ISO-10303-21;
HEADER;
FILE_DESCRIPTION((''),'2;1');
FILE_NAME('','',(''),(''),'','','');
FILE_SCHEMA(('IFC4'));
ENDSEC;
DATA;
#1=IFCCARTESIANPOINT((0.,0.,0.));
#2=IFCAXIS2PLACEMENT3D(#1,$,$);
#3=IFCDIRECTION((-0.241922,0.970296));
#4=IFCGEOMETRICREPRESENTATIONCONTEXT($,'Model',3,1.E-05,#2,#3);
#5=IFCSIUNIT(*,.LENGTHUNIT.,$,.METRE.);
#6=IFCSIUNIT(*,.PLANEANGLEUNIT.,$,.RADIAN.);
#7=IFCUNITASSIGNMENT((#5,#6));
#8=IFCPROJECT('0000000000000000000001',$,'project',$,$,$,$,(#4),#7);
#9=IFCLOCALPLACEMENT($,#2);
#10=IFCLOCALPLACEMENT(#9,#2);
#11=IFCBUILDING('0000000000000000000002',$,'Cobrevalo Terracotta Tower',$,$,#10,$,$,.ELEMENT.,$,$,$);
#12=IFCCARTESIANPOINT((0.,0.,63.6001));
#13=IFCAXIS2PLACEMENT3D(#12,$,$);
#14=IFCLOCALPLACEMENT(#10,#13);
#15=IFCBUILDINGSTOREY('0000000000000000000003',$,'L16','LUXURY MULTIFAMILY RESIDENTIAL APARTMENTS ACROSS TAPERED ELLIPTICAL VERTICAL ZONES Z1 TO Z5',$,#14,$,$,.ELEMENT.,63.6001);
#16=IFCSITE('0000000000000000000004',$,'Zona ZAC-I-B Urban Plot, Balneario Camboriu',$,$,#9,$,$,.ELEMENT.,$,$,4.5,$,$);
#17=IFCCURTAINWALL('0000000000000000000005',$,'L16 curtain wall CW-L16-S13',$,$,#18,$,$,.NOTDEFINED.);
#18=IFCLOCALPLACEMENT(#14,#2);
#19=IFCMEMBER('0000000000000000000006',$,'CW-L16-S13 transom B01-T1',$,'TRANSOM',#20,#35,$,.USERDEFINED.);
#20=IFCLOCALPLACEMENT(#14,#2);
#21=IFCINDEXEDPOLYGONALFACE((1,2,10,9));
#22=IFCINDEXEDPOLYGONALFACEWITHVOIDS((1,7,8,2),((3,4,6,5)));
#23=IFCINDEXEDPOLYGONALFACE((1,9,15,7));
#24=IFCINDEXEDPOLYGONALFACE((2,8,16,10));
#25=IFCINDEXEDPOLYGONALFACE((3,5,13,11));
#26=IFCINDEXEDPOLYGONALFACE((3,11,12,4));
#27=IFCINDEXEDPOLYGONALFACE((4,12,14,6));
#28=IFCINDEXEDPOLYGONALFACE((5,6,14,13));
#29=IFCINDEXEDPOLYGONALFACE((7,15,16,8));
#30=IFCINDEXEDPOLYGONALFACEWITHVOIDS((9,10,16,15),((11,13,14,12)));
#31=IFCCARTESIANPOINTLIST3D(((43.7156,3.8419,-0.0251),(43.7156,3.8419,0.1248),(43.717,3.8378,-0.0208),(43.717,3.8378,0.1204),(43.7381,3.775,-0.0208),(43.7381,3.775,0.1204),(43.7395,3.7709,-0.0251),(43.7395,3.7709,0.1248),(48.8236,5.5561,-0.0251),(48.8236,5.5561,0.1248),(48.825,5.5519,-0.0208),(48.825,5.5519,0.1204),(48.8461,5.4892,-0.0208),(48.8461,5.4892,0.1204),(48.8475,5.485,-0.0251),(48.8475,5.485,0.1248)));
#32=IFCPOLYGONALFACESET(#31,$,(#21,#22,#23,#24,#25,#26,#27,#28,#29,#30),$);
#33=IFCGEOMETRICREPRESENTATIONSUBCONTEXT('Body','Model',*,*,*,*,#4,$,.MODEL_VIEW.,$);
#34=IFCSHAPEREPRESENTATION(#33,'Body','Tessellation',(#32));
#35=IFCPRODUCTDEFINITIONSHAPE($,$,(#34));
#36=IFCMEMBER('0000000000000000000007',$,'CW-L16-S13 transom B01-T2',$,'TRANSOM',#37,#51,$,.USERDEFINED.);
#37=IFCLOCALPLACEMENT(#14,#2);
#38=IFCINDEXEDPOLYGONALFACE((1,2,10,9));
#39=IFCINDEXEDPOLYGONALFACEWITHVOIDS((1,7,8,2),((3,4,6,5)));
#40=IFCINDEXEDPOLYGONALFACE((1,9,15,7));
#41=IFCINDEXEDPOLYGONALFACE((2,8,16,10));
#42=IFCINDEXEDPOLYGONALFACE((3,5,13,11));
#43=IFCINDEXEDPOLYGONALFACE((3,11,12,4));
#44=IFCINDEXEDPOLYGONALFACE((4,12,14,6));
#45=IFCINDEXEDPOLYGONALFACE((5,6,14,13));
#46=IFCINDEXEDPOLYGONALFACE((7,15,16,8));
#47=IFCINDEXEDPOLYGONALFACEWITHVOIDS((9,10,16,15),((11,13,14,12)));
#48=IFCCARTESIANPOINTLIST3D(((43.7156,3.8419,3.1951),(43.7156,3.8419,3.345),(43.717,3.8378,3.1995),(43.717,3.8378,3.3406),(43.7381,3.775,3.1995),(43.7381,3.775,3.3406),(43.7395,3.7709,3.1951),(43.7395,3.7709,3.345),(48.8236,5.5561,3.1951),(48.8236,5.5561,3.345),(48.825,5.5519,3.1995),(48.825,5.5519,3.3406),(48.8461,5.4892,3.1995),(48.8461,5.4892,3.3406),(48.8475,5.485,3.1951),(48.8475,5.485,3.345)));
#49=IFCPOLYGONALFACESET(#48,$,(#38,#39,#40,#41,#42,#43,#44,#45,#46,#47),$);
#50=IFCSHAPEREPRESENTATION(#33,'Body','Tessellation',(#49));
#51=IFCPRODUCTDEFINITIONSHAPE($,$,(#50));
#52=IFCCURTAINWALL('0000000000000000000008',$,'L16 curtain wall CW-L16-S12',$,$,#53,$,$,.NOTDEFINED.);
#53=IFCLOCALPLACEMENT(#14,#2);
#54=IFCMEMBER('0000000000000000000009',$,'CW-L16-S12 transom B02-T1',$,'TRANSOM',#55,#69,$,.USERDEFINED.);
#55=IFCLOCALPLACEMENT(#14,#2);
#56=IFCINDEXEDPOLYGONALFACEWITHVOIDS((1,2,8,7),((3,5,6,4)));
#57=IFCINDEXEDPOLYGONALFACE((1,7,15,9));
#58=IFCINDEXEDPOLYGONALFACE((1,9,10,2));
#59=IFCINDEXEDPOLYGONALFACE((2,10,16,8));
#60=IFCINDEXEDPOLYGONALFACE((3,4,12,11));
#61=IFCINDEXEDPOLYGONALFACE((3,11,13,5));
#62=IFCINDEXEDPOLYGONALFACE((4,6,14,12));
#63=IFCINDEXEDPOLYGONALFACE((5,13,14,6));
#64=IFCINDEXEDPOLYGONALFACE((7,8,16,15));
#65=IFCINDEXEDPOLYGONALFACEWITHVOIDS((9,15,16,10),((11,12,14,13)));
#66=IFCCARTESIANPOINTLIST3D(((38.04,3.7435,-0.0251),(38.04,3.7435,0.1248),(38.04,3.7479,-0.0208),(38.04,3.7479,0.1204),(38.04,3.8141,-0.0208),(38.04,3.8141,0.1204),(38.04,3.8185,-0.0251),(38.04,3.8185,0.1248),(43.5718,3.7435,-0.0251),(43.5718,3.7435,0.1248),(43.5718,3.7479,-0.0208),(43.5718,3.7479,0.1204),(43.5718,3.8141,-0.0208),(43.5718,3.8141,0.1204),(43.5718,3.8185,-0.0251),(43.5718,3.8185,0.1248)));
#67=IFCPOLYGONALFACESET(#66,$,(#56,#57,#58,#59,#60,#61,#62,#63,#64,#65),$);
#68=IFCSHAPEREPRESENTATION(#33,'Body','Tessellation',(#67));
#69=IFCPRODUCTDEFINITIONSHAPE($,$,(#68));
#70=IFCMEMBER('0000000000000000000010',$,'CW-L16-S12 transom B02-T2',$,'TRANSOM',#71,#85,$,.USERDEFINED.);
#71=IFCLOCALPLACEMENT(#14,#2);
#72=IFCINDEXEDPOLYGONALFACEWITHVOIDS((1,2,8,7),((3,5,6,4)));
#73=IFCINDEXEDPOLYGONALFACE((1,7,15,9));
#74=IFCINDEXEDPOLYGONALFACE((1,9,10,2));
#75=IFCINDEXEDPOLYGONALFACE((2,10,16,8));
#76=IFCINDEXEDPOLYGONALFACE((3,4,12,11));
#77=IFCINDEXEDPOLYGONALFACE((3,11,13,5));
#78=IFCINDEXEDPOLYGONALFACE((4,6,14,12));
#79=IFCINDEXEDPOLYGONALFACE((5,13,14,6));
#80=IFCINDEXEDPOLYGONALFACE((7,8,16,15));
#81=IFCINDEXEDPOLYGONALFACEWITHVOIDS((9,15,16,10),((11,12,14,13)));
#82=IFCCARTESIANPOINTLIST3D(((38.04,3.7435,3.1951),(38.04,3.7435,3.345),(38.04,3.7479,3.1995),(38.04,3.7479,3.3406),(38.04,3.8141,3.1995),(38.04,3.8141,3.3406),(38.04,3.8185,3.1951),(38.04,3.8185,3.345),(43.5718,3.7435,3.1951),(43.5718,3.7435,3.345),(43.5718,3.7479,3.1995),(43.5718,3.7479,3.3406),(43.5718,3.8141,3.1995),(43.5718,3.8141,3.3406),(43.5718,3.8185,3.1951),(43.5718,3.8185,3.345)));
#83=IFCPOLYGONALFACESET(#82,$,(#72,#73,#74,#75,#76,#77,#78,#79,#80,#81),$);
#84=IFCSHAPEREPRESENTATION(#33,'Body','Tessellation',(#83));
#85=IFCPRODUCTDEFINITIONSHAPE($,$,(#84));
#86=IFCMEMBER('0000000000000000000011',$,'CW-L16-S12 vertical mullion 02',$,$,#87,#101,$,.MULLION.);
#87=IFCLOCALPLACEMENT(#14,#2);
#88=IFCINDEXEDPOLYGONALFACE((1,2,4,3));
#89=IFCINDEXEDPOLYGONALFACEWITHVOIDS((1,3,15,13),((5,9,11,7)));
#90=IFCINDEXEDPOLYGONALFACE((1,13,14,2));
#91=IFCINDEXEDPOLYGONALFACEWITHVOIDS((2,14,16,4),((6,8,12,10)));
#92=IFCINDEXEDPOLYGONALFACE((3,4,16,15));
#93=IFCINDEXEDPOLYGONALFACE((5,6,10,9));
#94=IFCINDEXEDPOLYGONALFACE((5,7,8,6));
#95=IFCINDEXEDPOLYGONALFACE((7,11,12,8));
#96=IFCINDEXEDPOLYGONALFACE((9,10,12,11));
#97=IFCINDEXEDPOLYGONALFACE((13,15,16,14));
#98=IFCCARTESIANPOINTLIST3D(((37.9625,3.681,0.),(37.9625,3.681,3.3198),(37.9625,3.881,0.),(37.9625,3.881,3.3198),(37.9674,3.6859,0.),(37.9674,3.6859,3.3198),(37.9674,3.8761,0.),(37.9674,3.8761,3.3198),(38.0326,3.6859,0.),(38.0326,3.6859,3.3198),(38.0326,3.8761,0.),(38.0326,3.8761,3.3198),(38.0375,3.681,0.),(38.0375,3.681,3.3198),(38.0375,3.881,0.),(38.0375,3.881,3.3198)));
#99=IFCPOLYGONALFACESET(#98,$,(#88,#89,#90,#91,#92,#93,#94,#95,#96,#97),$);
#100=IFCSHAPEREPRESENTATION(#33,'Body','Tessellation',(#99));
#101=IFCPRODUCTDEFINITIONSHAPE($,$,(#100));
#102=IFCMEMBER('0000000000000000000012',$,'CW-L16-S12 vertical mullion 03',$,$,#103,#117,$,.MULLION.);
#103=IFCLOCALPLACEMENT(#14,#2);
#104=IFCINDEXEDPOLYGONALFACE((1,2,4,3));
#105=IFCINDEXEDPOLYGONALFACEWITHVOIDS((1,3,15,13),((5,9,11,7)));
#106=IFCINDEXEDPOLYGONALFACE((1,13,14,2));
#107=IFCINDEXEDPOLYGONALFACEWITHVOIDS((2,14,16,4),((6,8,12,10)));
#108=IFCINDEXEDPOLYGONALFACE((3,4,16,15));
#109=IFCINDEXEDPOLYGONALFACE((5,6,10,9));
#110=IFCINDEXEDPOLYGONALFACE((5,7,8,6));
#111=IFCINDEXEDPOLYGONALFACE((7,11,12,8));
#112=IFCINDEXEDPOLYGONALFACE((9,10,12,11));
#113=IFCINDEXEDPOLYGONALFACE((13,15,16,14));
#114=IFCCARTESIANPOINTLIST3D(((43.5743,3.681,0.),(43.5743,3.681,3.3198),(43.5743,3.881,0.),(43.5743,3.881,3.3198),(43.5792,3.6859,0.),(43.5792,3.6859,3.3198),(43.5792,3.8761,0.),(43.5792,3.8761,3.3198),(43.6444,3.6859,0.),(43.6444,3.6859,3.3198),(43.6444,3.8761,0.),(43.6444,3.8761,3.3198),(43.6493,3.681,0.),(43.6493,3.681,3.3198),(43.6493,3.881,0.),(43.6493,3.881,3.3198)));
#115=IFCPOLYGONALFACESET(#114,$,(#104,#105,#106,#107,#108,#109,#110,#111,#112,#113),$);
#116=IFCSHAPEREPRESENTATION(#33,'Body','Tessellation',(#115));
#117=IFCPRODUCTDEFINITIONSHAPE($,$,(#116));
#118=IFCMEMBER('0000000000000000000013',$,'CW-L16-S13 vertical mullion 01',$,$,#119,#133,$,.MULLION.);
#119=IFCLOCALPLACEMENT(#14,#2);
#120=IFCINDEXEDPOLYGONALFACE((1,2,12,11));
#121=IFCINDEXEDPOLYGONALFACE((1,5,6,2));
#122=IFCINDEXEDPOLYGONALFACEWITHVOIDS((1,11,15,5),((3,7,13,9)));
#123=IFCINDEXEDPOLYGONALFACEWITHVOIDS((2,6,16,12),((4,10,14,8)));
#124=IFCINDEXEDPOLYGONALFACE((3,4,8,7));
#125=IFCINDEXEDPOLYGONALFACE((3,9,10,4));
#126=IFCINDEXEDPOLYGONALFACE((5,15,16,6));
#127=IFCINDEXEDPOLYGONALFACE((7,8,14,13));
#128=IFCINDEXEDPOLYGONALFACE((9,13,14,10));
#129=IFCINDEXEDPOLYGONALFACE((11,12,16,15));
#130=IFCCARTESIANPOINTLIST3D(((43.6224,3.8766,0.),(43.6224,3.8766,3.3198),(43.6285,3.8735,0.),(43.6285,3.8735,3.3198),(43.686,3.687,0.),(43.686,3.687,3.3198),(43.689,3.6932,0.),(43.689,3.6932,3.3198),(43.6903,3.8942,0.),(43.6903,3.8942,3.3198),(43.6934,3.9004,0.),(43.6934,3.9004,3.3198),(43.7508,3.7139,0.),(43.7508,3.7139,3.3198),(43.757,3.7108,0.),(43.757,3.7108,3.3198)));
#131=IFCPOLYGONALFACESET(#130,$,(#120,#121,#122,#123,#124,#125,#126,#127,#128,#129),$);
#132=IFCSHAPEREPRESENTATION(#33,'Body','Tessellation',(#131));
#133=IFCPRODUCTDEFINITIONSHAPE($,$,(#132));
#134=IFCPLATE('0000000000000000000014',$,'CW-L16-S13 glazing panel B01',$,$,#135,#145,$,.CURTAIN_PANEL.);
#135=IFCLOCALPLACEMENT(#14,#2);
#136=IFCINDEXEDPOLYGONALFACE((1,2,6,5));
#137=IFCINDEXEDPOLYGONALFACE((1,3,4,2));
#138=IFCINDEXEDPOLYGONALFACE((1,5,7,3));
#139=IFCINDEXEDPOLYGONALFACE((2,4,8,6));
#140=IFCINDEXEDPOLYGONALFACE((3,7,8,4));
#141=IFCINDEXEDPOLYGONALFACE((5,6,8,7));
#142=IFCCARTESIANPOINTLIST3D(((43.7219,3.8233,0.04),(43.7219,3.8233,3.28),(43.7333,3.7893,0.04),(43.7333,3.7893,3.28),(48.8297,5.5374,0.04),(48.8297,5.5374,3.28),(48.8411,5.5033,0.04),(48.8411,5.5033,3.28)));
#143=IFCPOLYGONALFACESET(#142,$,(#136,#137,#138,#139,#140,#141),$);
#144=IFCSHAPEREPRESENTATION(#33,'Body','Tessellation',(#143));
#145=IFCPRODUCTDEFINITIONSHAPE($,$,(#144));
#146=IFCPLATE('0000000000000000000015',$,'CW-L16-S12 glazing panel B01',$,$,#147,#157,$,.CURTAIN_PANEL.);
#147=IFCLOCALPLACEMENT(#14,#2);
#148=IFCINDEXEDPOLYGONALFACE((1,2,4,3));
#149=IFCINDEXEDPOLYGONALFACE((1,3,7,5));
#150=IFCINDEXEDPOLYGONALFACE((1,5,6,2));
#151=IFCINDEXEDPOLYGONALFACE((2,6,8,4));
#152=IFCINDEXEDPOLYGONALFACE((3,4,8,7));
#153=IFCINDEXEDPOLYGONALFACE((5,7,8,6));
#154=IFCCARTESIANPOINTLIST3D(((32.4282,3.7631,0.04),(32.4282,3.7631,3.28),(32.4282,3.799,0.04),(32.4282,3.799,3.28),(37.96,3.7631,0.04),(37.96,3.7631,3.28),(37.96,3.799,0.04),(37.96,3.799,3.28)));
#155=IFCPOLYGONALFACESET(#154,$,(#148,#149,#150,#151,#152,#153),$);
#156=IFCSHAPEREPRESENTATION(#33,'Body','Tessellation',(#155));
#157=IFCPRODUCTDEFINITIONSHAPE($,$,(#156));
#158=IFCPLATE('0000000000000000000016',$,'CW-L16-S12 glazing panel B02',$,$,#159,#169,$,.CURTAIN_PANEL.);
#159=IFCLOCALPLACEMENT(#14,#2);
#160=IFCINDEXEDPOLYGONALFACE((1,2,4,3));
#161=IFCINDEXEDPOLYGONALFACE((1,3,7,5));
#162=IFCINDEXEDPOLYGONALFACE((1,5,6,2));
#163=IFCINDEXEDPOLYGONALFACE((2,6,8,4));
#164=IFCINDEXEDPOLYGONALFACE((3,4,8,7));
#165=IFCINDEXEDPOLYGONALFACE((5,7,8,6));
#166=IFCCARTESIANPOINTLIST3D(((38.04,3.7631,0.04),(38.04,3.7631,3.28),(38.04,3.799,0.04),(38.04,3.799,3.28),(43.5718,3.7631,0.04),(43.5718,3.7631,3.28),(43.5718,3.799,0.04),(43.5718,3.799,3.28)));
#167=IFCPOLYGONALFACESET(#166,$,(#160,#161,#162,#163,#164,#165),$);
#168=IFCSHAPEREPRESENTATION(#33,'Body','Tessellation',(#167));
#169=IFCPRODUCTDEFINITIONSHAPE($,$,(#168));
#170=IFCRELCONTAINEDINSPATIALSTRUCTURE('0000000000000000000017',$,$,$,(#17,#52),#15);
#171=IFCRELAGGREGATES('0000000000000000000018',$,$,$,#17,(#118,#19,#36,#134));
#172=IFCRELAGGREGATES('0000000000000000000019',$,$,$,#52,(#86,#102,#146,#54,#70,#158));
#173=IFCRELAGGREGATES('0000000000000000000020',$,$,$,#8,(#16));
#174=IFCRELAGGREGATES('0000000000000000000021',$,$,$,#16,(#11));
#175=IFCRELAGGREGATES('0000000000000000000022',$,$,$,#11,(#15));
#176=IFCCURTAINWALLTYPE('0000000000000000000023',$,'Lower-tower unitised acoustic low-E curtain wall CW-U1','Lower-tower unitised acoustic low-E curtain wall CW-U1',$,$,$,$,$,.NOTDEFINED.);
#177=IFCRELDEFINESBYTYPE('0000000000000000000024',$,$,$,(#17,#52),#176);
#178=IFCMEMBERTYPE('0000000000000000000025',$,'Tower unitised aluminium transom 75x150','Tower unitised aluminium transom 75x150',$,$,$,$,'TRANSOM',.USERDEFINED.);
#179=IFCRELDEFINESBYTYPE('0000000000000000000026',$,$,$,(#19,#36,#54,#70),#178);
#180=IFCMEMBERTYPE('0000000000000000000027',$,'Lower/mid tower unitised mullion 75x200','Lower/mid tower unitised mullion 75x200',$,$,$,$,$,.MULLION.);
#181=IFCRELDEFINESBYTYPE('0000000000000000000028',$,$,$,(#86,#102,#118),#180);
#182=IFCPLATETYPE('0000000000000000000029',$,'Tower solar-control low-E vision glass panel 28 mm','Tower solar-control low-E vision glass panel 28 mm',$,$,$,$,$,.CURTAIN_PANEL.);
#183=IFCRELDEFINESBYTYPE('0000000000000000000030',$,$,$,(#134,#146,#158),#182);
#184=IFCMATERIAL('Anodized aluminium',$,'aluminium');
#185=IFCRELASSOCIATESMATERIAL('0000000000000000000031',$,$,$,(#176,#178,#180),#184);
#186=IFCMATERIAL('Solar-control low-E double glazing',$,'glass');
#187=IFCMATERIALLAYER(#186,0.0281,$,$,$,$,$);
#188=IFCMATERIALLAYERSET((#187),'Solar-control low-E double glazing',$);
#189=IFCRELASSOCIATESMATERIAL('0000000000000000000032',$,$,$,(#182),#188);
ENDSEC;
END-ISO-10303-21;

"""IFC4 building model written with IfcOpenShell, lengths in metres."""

from ifc_helpers import new_model, si_unit, direction, frame, origin, origin_2d, place, context, subcontext, project, spatial, rectangle, hollow_rectangle, extrude, source, transform, mapped, material, layer, layer_set, material_profile, profile_set, type_object, element, aggregate, save


model = new_model("IFC4")

# Units and contexts
model_context = context("Model", 3, precision=1e-05, world=origin(), true_north=direction((-0.241922, 0.970296)))
body_context = subcontext(model_context, "Body", "Model", "MODEL_VIEW")
ifc_project = project(units=[si_unit("LENGTHUNIT", "METRE"), si_unit("PLANEANGLEUNIT", "RADIAN")], contexts=[model_context])

# Site, building, storey
site_placement = place(None, origin())
site = spatial("IfcSite", under=ifc_project, at=site_placement, Name="Zona ZAC-I-B Urban Plot, Balneario Camboriu", CompositionType="ELEMENT", RefElevation=4.5)
building_placement = place(site_placement, origin())
building = spatial("IfcBuilding", under=site, at=building_placement, Name="Cobrevalo Terracotta Tower", CompositionType="ELEMENT")
storey_placement = place(building_placement, frame((0.0, 0.0, 63.6001)))
storey = spatial("IfcBuildingStorey", under=building, at=storey_placement, Name="L16", Description="LUXURY MULTIFAMILY RESIDENTIAL APARTMENTS ACROSS TAPERED ELLIPTICAL VERTICAL ZONES Z1 TO Z5", CompositionType="ELEMENT", Elevation=63.6001)

# Curtain walls, members
ifc_material_1 = material(Name="Anodized aluminium", Category="aluminium")
curtain_wall_type = type_object("IfcCurtainWallType", Name="Lower-tower unitised acoustic low-E curtain wall CW-U1", Description="Lower-tower unitised acoustic low-E curtain wall CW-U1", PredefinedType="NOTDEFINED", material=ifc_material_1)
curtain_wall_1_placement = place(storey_placement, origin())
curtain_wall_1 = element("IfcCurtainWall", 1, at=curtain_wall_1_placement, inside=storey, type_object=curtain_wall_type, Name="L16 curtain wall CW-L16-S13", PredefinedType="NOTDEFINED")
ifc_material_profile_1 = material_profile(ifc_material_1, hollow_rectangle(XDim=0.075, YDim=0.1499, WallThickness=0.0044, at=origin_2d()), Name="CWT 75x150")
ifc_profile_set_1 = profile_set([ifc_material_profile_1], Name="Anodized aluminium")
member_type_1 = type_object("IfcMemberType", Name="Tower unitised aluminium transom 75x150", Description="Tower unitised aluminium transom 75x150", ElementType="TRANSOM", PredefinedType="USERDEFINED", material=ifc_profile_set_1)
shared_shape_1 = source(origin(), body_context, "Body", "SweptSolid", [
    extrude(hollow_rectangle(XDim=0.075, YDim=0.1499, WallThickness=0.0044, at=origin_2d()), origin(), (0.0, 0.0, 1.0), 5.3879),
])
member_1_placement = place(storey_placement, frame((43.7275, 3.8064, 0.0498), z_axis=(0.948042, 0.318144, 0.0), x_axis=(-0.318144, 0.948042, 0.0)))
member_1 = element("IfcMember", 2, at=member_1_placement, type_object=member_type_1, Name="CW-L16-S13 transom B01-T1", ObjectType="TRANSOM", PredefinedType="USERDEFINED", context=body_context, shape_type="MappedRepresentation", body=[
    mapped(shared_shape_1, transform((0.0, 0.0, 0.0), scale=1.0)),
])
member_2_placement = place(storey_placement, frame((43.7275, 3.8064, 3.27), z_axis=(0.948042, 0.318144, 0.0), x_axis=(-0.318144, 0.948042, 0.0)))
member_2 = element("IfcMember", 3, at=member_2_placement, type_object=member_type_1, Name="CW-L16-S13 transom B01-T2", ObjectType="TRANSOM", PredefinedType="USERDEFINED", context=body_context, shape_type="MappedRepresentation", body=[
    mapped(shared_shape_1, transform((0.0, 0.0, 0.0), scale=1.0)),
])
curtain_wall_2_placement = place(storey_placement, origin())
curtain_wall_2 = element("IfcCurtainWall", 4, at=curtain_wall_2_placement, inside=storey, type_object=curtain_wall_type, Name="L16 curtain wall CW-L16-S12", PredefinedType="NOTDEFINED")
shared_shape_2 = source(origin(), body_context, "Body", "SweptSolid", [
    extrude(hollow_rectangle(XDim=0.075, YDim=0.1499, WallThickness=0.0044, at=origin_2d()), origin(), (0.0, 0.0, 1.0), 5.5317),
])
member_3_placement = place(storey_placement, frame((38.04, 3.781, 0.0498), z_axis=(1.0, 0.0, 0.0), x_axis=(0.0, 1.0, 0.0)))
member_3 = element("IfcMember", 5, at=member_3_placement, type_object=member_type_1, Name="CW-L16-S12 transom B02-T1", ObjectType="TRANSOM", PredefinedType="USERDEFINED", context=body_context, shape_type="MappedRepresentation", body=[
    mapped(shared_shape_2, transform((0.0, 0.0, 0.0), scale=1.0)),
])
member_4_placement = place(storey_placement, frame((38.04, 3.781, 3.27), z_axis=(1.0, 0.0, 0.0), x_axis=(0.0, 1.0, 0.0)))
member_4 = element("IfcMember", 6, at=member_4_placement, type_object=member_type_1, Name="CW-L16-S12 transom B02-T2", ObjectType="TRANSOM", PredefinedType="USERDEFINED", context=body_context, shape_type="MappedRepresentation", body=[
    mapped(shared_shape_2, transform((0.0, 0.0, 0.0), scale=1.0)),
])
ifc_material_profile_2 = material_profile(ifc_material_1, hollow_rectangle(XDim=0.075, YDim=0.2, WallThickness=0.0049, at=origin_2d()), Name="CWM 75x200")
ifc_profile_set_2 = profile_set([ifc_material_profile_2], Name="Anodized aluminium")
member_type_2 = type_object("IfcMemberType", Name="Lower/mid tower unitised mullion 75x200", Description="Lower/mid tower unitised mullion 75x200", PredefinedType="MULLION", material=ifc_profile_set_2)
shared_shape_3 = source(origin(), body_context, "Body", "SweptSolid", [
    extrude(hollow_rectangle(XDim=0.075, YDim=0.2, WallThickness=0.0049, at=origin_2d()), origin(), (0.0, 0.0, 1.0), 3.3198),
])
member_5_placement = place(storey_placement, frame((38.0, 3.781, 0.0), z_axis=(0.0, 0.0, 1.0), x_axis=(1.0, 0.0, 0.0)))
member_5 = element("IfcMember", 7, at=member_5_placement, type_object=member_type_2, Name="CW-L16-S12 vertical mullion 02", PredefinedType="MULLION", context=body_context, shape_type="MappedRepresentation", body=[
    mapped(shared_shape_3, transform((0.0, 0.0, 0.0), scale=1.0)),
])
member_6_placement = place(storey_placement, frame((43.6118, 3.781, 0.0), z_axis=(0.0, 0.0, 1.0), x_axis=(1.0, 0.0, 0.0)))
member_6 = element("IfcMember", 8, at=member_6_placement, type_object=member_type_2, Name="CW-L16-S12 vertical mullion 03", PredefinedType="MULLION", context=body_context, shape_type="MappedRepresentation", body=[
    mapped(shared_shape_3, transform((0.0, 0.0, 0.0), scale=1.0)),
])

# Member
member_7_placement = place(storey_placement, frame((43.6897, 3.7937, 0.0), z_axis=(0.0, 0.0, 1.0), x_axis=(0.948046, 0.318132, 0.0)))
member_7 = element("IfcMember", 9, at=member_7_placement, type_object=member_type_2, Name="CW-L16-S13 vertical mullion 01", PredefinedType="MULLION", context=body_context, shape_type="MappedRepresentation", body=[
    mapped(shared_shape_3, transform((0.0, 0.0, 0.0), scale=1.0)),
])

# Plates
ifc_material_2 = material(Name="Solar-control low-E double glazing", Category="glass")
ifc_layer_1 = layer(ifc_material_2, 0.0281)
ifc_layer_set_1 = layer_set([ifc_layer_1], Name="Solar-control low-E double glazing")
plate_type = type_object("IfcPlateType", Name="Tower solar-control low-E vision glass panel 28 mm", Description="Tower solar-control low-E vision glass panel 28 mm", PredefinedType="CURTAIN_PANEL", material=ifc_layer_set_1)
shared_shape_4 = source(origin(), body_context, "Body", "SweptSolid", [
    extrude(rectangle(XDim=5.3877, YDim=0.0359, at=origin_2d()), origin(), (0.0, 0.0, 1.0), 3.24),
])
plate_1_placement = place(storey_placement, frame((46.2815, 4.6633, 0.04), z_axis=(0.0, 0.0, 1.0), x_axis=(0.948044, 0.318139, 0.0)))
plate_1 = element("IfcPlate", 10, at=plate_1_placement, type_object=plate_type, Name="CW-L16-S13 glazing panel B01", PredefinedType="CURTAIN_PANEL", context=body_context, shape_type="MappedRepresentation", body=[
    mapped(shared_shape_4, transform((0.0, 0.0, 0.0), scale=1.0)),
])
aggregate(curtain_wall_1, [member_7, member_1, member_2, plate_1])
shared_shape_5 = source(origin(), body_context, "Body", "SweptSolid", [
    extrude(rectangle(XDim=5.5317, YDim=0.0359, at=origin_2d()), origin(), (0.0, 0.0, 1.0), 3.24),
])
plate_2_placement = place(storey_placement, frame((35.1941, 3.781, 0.04), z_axis=(0.0, 0.0, 1.0), x_axis=(1.0, 0.0, 0.0)))
plate_2 = element("IfcPlate", 11, at=plate_2_placement, type_object=plate_type, Name="CW-L16-S12 glazing panel B01", PredefinedType="CURTAIN_PANEL", context=body_context, shape_type="MappedRepresentation", body=[
    mapped(shared_shape_5, transform((0.0, 0.0, 0.0), scale=1.0)),
])
plate_3_placement = place(storey_placement, frame((40.8059, 3.781, 0.04), z_axis=(0.0, 0.0, 1.0), x_axis=(1.0, 0.0, 0.0)))
plate_3 = element("IfcPlate", 12, at=plate_3_placement, type_object=plate_type, Name="CW-L16-S12 glazing panel B02", PredefinedType="CURTAIN_PANEL", context=body_context, shape_type="MappedRepresentation", body=[
    mapped(shared_shape_5, transform((0.0, 0.0, 0.0), scale=1.0)),
])
aggregate(curtain_wall_2, [member_5, member_6, plate_2, member_3, member_4, plate_3])

save(model, "model.ifc")
